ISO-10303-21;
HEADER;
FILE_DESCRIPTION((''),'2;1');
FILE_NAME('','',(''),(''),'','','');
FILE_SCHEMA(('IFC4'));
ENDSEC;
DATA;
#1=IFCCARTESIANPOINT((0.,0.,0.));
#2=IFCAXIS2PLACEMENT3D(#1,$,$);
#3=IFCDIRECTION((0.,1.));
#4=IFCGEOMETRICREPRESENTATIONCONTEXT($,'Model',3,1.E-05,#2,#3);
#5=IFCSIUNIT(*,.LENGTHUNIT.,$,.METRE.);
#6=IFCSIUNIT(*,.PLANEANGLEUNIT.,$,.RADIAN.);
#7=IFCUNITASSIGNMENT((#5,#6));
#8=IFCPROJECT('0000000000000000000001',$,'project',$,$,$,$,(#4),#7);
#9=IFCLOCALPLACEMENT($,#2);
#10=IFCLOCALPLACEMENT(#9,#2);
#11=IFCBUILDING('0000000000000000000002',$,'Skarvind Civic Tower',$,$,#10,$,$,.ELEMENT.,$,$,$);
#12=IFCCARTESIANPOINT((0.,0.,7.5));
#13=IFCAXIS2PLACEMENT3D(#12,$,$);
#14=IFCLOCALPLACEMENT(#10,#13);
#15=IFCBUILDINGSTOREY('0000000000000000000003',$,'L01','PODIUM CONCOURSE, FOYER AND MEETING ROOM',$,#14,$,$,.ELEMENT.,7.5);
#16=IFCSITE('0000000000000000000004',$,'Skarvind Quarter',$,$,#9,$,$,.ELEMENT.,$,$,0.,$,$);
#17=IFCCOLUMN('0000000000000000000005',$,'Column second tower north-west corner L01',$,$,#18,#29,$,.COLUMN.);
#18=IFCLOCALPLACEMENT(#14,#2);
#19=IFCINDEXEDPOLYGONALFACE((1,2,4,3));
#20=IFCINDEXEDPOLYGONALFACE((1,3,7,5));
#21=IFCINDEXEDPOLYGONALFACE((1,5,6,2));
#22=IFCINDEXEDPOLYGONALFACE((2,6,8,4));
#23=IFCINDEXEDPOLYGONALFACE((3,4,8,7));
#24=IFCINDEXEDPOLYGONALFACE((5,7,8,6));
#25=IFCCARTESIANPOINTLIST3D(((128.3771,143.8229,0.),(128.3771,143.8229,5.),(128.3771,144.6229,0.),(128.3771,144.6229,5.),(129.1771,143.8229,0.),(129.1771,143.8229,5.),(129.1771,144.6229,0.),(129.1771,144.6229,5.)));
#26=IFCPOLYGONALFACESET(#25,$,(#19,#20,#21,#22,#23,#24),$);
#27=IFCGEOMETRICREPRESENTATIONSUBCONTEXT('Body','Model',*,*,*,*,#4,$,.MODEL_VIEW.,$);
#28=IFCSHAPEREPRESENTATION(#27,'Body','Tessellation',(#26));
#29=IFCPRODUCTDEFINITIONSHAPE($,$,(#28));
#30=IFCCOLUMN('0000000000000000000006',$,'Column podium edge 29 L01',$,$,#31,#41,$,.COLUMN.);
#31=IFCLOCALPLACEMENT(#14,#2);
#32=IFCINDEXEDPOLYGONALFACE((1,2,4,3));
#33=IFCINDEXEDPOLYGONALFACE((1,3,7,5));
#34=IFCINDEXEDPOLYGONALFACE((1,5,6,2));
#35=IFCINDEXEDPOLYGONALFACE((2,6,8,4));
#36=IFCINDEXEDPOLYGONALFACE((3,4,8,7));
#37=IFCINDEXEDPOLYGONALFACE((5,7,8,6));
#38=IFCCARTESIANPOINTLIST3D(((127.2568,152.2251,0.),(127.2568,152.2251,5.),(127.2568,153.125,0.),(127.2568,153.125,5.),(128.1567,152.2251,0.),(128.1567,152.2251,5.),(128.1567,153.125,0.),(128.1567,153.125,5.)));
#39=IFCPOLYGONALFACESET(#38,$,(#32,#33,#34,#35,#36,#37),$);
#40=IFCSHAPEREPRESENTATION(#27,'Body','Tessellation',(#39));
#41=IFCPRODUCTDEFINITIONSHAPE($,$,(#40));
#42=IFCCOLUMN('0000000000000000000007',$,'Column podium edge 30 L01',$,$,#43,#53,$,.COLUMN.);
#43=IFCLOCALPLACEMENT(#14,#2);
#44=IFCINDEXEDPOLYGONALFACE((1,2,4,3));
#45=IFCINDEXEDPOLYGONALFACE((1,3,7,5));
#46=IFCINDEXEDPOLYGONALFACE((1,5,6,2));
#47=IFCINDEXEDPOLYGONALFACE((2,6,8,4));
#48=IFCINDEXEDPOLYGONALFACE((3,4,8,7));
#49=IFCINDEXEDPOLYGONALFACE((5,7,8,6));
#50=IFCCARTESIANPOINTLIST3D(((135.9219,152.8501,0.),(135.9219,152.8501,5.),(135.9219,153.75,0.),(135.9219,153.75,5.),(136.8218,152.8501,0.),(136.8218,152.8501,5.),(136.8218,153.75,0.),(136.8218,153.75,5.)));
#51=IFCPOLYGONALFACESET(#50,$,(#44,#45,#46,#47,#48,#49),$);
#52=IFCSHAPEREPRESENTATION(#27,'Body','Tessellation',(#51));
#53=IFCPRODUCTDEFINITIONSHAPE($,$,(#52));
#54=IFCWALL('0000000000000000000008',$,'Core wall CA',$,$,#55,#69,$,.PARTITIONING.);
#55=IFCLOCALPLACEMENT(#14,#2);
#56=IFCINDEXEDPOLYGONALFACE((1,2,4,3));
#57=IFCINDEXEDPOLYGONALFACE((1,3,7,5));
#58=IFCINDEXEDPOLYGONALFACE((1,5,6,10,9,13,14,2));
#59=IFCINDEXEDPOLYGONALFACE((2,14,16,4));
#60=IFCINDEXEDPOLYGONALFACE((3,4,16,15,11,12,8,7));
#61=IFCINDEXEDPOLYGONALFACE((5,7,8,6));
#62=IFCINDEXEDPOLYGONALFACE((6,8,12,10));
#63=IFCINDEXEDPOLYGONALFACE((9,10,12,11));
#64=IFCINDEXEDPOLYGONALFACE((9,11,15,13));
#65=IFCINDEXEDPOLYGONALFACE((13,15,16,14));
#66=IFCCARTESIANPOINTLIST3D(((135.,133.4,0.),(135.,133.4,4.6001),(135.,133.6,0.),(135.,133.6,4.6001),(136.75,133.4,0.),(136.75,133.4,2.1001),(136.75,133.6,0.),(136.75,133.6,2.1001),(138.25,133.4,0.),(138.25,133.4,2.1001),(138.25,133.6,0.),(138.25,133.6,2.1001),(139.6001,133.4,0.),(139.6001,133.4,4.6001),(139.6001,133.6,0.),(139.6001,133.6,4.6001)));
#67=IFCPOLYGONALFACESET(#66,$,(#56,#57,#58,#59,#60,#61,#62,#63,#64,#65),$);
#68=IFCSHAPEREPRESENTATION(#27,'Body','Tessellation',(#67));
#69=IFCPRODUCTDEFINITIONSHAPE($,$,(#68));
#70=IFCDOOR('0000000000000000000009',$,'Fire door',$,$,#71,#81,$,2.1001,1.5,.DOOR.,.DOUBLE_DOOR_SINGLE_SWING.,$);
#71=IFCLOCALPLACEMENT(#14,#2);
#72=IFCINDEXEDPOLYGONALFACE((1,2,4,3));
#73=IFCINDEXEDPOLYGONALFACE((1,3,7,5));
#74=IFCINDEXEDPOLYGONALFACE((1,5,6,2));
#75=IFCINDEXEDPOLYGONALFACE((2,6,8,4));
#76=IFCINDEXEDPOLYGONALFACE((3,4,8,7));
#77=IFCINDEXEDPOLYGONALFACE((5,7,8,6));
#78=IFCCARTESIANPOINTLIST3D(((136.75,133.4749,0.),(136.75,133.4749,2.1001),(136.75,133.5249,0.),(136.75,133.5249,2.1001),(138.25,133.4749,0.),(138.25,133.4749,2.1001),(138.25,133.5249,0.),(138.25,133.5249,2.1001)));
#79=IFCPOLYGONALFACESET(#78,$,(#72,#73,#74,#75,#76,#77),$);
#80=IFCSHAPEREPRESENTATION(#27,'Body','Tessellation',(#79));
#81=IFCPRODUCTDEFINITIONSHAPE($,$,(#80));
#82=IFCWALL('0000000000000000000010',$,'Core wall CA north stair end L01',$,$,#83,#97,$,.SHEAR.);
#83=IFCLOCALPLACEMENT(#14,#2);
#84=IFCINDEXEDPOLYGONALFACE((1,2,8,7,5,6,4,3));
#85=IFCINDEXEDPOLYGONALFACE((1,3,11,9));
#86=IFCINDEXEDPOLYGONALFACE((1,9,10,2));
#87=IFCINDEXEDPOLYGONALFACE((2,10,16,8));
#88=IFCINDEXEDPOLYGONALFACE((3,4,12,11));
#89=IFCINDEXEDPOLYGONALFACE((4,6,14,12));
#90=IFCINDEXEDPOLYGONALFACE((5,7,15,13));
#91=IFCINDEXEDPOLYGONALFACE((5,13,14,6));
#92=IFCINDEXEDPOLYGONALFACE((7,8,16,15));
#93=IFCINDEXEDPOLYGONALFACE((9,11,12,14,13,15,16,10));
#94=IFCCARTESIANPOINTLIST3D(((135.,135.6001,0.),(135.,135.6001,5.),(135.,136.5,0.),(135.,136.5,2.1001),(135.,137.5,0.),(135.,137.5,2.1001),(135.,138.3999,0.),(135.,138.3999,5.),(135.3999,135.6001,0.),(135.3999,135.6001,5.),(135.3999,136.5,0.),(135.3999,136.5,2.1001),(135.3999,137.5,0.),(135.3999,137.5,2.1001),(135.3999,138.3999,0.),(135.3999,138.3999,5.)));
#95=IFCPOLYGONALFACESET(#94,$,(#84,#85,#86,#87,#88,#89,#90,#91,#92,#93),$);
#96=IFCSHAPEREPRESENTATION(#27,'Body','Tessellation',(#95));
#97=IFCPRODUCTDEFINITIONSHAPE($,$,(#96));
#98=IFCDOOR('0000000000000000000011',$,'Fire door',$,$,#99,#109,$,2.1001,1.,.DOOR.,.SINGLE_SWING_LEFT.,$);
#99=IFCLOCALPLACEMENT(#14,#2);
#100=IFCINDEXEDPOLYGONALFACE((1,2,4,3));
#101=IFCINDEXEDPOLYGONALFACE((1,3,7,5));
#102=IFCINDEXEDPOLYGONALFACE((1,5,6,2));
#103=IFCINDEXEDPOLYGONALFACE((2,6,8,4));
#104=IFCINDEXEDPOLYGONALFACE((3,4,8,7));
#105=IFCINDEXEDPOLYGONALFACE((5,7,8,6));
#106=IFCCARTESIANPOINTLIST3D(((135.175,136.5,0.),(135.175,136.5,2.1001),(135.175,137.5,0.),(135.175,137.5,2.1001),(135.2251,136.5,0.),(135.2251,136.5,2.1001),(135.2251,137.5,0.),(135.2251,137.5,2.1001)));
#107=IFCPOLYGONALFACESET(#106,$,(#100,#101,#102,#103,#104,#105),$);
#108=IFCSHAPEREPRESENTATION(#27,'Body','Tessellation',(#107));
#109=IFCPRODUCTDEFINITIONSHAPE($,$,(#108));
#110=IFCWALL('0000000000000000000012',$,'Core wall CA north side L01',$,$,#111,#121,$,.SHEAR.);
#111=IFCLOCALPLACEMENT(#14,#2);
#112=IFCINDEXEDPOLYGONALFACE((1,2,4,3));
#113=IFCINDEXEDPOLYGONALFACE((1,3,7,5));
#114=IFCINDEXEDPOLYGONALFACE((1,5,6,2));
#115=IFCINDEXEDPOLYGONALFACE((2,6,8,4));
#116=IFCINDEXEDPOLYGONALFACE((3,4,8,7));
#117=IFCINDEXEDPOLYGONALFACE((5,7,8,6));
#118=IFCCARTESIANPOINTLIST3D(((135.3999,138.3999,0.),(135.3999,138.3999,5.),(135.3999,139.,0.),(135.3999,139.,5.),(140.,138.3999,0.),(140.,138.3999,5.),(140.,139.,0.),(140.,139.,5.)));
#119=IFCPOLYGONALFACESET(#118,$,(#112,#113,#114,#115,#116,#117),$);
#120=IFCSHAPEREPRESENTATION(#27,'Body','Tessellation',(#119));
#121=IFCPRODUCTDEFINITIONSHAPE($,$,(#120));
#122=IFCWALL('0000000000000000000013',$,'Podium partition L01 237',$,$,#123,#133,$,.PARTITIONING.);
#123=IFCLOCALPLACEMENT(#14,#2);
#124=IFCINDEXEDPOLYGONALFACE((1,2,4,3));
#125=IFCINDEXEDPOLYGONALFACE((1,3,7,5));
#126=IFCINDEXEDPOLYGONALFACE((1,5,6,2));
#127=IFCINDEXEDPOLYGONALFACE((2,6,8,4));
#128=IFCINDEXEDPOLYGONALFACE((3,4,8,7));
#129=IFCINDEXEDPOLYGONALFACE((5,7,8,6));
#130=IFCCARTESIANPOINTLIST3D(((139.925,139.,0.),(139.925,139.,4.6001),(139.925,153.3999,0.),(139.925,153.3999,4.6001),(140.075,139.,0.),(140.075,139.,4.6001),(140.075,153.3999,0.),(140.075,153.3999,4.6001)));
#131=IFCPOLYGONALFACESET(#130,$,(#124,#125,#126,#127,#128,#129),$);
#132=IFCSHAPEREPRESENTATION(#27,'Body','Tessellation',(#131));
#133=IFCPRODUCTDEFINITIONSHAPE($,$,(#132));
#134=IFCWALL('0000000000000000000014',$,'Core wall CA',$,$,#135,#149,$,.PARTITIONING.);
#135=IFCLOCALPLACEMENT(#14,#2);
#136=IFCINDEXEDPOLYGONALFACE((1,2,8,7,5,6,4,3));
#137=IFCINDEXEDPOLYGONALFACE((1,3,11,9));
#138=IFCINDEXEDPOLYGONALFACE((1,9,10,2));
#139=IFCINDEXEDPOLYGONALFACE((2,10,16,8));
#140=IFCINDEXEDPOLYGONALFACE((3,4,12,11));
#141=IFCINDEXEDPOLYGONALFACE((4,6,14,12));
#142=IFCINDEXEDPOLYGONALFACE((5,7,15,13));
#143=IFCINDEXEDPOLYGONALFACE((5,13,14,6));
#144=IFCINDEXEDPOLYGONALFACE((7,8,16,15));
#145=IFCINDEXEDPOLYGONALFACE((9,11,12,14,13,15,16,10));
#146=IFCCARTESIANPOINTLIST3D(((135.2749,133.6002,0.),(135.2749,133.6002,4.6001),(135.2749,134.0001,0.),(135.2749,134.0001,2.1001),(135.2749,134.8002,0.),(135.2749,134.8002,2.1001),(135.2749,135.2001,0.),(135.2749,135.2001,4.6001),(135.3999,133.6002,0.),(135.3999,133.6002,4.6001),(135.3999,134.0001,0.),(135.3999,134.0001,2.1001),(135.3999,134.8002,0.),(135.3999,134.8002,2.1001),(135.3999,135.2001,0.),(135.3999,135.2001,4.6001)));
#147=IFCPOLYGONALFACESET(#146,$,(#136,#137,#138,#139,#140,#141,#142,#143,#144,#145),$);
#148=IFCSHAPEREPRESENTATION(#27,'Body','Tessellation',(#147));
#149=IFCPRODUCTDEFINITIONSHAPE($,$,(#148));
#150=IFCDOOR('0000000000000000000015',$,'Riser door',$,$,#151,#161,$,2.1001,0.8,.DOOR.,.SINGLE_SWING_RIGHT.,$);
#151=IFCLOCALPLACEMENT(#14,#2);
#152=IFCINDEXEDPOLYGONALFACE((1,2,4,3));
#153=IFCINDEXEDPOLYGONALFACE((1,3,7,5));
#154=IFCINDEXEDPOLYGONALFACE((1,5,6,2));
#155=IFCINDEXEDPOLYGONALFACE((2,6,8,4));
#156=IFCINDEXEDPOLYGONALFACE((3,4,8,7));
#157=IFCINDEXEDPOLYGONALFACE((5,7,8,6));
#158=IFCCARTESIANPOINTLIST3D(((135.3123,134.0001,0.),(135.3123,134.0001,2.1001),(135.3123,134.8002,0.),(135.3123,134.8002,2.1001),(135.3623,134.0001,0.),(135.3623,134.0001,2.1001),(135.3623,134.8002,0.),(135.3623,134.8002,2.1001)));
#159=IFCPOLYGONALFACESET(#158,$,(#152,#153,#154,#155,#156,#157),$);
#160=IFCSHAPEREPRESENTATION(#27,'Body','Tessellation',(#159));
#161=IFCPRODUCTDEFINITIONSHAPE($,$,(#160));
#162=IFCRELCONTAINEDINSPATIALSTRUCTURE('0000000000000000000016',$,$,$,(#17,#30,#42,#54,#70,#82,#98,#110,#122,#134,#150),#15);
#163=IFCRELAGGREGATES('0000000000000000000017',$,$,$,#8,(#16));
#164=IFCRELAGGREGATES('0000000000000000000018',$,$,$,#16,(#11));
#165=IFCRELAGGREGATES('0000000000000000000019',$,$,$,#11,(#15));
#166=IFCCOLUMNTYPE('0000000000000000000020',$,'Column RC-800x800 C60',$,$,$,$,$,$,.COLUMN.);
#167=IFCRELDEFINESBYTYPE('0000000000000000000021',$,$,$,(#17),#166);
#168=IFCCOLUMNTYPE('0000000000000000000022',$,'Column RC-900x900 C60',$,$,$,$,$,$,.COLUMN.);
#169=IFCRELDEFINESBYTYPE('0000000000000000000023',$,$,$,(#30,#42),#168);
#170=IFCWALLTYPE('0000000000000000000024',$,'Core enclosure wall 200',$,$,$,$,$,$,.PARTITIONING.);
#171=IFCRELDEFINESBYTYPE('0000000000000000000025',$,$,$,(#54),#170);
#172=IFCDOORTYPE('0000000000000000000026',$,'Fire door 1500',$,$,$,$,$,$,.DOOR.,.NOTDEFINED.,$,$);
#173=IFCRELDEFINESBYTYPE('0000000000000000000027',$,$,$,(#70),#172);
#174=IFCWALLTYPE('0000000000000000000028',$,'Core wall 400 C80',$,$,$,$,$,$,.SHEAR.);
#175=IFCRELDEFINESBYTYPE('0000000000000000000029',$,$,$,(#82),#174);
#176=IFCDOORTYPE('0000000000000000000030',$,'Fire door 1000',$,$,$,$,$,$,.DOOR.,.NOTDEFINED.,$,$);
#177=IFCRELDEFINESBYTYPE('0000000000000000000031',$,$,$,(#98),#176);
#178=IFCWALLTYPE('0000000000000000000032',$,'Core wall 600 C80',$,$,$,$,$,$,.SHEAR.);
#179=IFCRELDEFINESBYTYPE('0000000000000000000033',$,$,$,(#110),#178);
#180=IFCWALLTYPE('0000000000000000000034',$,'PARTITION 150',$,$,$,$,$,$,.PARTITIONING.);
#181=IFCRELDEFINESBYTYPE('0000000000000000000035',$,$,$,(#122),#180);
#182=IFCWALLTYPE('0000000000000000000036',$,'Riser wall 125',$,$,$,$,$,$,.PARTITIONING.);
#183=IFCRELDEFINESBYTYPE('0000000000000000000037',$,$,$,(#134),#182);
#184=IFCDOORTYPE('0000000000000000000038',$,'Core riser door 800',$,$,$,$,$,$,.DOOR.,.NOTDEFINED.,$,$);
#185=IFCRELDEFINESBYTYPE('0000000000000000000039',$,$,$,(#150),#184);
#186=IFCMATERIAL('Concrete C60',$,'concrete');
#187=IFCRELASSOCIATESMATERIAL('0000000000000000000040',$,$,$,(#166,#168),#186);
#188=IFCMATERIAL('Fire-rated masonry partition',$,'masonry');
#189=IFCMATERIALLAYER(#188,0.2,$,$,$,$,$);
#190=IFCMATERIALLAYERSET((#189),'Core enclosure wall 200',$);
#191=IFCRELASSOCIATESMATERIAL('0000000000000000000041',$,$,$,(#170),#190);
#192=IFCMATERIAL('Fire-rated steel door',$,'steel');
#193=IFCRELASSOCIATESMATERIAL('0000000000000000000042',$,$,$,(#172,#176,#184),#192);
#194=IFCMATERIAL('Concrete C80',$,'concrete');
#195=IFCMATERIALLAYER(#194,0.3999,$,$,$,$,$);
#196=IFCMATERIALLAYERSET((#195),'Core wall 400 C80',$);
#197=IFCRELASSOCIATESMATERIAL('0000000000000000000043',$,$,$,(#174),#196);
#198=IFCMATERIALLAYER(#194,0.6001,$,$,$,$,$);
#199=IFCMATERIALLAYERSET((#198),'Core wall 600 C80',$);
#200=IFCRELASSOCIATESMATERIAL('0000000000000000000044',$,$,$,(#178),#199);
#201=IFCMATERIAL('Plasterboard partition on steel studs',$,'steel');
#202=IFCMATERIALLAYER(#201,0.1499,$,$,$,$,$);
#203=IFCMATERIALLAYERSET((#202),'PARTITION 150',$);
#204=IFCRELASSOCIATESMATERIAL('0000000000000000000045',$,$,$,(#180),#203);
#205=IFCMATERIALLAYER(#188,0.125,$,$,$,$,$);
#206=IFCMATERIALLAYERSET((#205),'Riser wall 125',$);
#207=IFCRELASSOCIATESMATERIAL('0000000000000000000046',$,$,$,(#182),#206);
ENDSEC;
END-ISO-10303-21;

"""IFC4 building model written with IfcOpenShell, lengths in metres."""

from ifc_helpers import new_model, si_unit, direction, frame, frame_2d, origin, origin_2d, place, context, subcontext, project, spatial, rectangle, extrude, material, layer, layer_set, material_profile, profile_set, type_object, element, fill, save


model = new_model("IFC4")

# Units and contexts
model_context = context("Model", 3, precision=1e-05, world=origin(), true_north=direction((0.0, 1.0)))
body_context = subcontext(model_context, "Body", "Model", "MODEL_VIEW")
ifc_project = project(units=[si_unit("LENGTHUNIT", "METRE"), si_unit("PLANEANGLEUNIT", "RADIAN")], contexts=[model_context])

# Site, building, storey
site_placement = place(None, origin())
site = spatial("IfcSite", under=ifc_project, at=site_placement, Name="Skarvind Quarter", CompositionType="ELEMENT", RefElevation=0.0)
building_placement = place(site_placement, origin())
building = spatial("IfcBuilding", under=site, at=building_placement, Name="Skarvind Civic Tower", CompositionType="ELEMENT")
storey_placement = place(building_placement, frame((0.0, 0.0, 7.5)))
storey = spatial("IfcBuildingStorey", under=building, at=storey_placement, Name="L01", Description="PODIUM CONCOURSE, FOYER AND MEETING ROOM", CompositionType="ELEMENT", Elevation=7.5)

# Columns
ifc_material_1 = material(Name="Concrete C60", Category="concrete")
ifc_material_profile_1 = material_profile(ifc_material_1, rectangle(XDim=0.8, YDim=0.8, at=origin_2d()), Name="RC-800x800")
ifc_profile_set_1 = profile_set([ifc_material_profile_1], Name="Concrete C60")
column_type_1 = type_object("IfcColumnType", Name="Column RC-800x800 C60", PredefinedType="COLUMN", material=ifc_profile_set_1)
column_placement = place(storey_placement, frame((128.7771, 144.2229, 0.0), z_axis=(0.0, 0.0, 1.0), x_axis=(1.0, 0.0, 0.0)))
element("IfcColumn", 1, at=column_placement, inside=storey, type_object=column_type_1, Name="Column second tower north-west corner L01", PredefinedType="COLUMN", context=body_context, shape_type="SweptSolid", body=[
    extrude(rectangle(XDim=0.8, YDim=0.8, at=origin_2d()), origin(), (0.0, 0.0, 1.0), 5.0),
])
ifc_material_profile_2 = material_profile(ifc_material_1, rectangle(XDim=0.8999, YDim=0.8999, at=origin_2d()), Name="RC-900x900")
ifc_profile_set_2 = profile_set([ifc_material_profile_2], Name="Concrete C60")
column_type_2 = type_object("IfcColumnType", Name="Column RC-900x900 C60", PredefinedType="COLUMN", material=ifc_profile_set_2)
for number, where, z_axis, x_axis, name in (
    (2, (127.7068, 152.675, 0.0), (0.0, 0.0, 1.0), (1.0, 0.0, 0.0), "Column podium edge 29 L01"),
    (3, (136.3718, 153.3, 0.0), (0.0, 0.0, 1.0), (1.0, 0.0, 0.0), "Column podium edge 30 L01"),
):
    element("IfcColumn", number, at=place(storey_placement, frame(where, z_axis=z_axis, x_axis=x_axis)), inside=storey, type_object=column_type_2, Name=name, PredefinedType="COLUMN", context=body_context, shape_type="SweptSolid", body=[
        extrude(rectangle(XDim=0.8999, YDim=0.8999, at=origin_2d()), origin(), (0.0, 0.0, 1.0), 5.0),
    ])

# Walls, openings, doors
ifc_material_2 = material(Name="Fire-rated masonry partition", Category="masonry")
ifc_layer_1 = layer(ifc_material_2, 0.2)
ifc_layer_set_1 = layer_set([ifc_layer_1], Name="Core enclosure wall 200")
wall_type_1 = type_object("IfcWallType", Name="Core enclosure wall 200", PredefinedType="PARTITIONING", material=ifc_layer_set_1)
wall_1_placement = place(storey_placement, frame((135.0, 133.5, 0.0), z_axis=(0.0, 0.0, 1.0), x_axis=(1.0, 0.0, 0.0)))
wall_1 = element("IfcWall", 4, at=wall_1_placement, inside=storey, type_object=wall_type_1, Name="Core wall CA", PredefinedType="PARTITIONING", context=body_context, shape_type="SweptSolid", body=[
    extrude(rectangle(XDim=4.6001, YDim=0.2, at=frame_2d((2.3, 0.0))), origin(), (0.0, 0.0, 1.0), 4.6001),
])
opening_1_placement = place(wall_1_placement, frame((1.75, 0.0, 0.0)))
opening_1 = element("IfcOpeningElement", 5, at=opening_1_placement, cuts=wall_1, PredefinedType="OPENING", context=body_context, shape_type="SweptSolid", body=[
    extrude(rectangle(XDim=1.5, YDim=2.1001, at=frame_2d((0.75, 1.05))), frame((0.0, 0.1099, 0.0), z_axis=(0.0, -1.0, 0.0), x_axis=(1.0, 0.0, 0.0)), (0.0, 0.0, 1.0), 0.22),
])
ifc_material_3 = material(Name="Fire-rated steel door", Category="steel")
door_type_1 = type_object("IfcDoorType", Name="Fire door 1500", OperationType="NOTDEFINED", PredefinedType="DOOR", material=ifc_material_3)
door_1_placement = place(opening_1_placement, origin())
door_1 = element("IfcDoor", 6, at=door_1_placement, inside=storey, type_object=door_type_1, Name="Fire door", OperationType="DOUBLE_DOOR_SINGLE_SWING", OverallHeight=2.1001, OverallWidth=1.5, PredefinedType="DOOR", context=body_context, shape_type="SweptSolid", body=[
    extrude(rectangle(XDim=1.5, YDim=2.1001, at=frame_2d((0.75, 1.05))), frame((0.0, 0.0249, 0.0), z_axis=(0.0, -1.0, 0.0), x_axis=(1.0, 0.0, 0.0)), (0.0, 0.0, 1.0), 0.05),
])
fill(opening_1, door_1)
ifc_material_4 = material(Name="Concrete C80", Category="concrete")
ifc_layer_2 = layer(ifc_material_4, 0.3999)
ifc_layer_set_2 = layer_set([ifc_layer_2], Name="Core wall 400 C80")
wall_type_2 = type_object("IfcWallType", Name="Core wall 400 C80", PredefinedType="SHEAR", material=ifc_layer_set_2)
wall_2_placement = place(storey_placement, frame((135.2, 135.6001, 0.0), z_axis=(0.0, 0.0, 1.0), x_axis=(0.0, 1.0, 0.0)))
wall_2 = element("IfcWall", 7, at=wall_2_placement, inside=storey, type_object=wall_type_2, Name="Core wall CA north stair end L01", PredefinedType="SHEAR", context=body_context, shape_type="SweptSolid", body=[
    extrude(rectangle(XDim=2.7998, YDim=0.3999, at=frame_2d((1.3999, 0.0))), origin(), (0.0, 0.0, 1.0), 5.0),
])
opening_2_placement = place(wall_2_placement, frame((0.8999, 0.0, 0.0)))
opening_2 = element("IfcOpeningElement", 8, at=opening_2_placement, cuts=wall_2, PredefinedType="OPENING", context=body_context, shape_type="SweptSolid", body=[
    extrude(rectangle(XDim=1.0, YDim=2.1001, at=frame_2d((0.5, 1.05))), frame((0.0, 0.21, 0.0), z_axis=(0.0, -1.0, 0.0), x_axis=(1.0, 0.0, 0.0)), (0.0, 0.0, 1.0), 0.4199),
])
door_type_2 = type_object("IfcDoorType", Name="Fire door 1000", OperationType="NOTDEFINED", PredefinedType="DOOR", material=ifc_material_3)
door_2_placement = place(opening_2_placement, origin())
door_2 = element("IfcDoor", 9, at=door_2_placement, inside=storey, type_object=door_type_2, Name="Fire door", OperationType="SINGLE_SWING_LEFT", OverallHeight=2.1001, OverallWidth=1.0, PredefinedType="DOOR", context=body_context, shape_type="SweptSolid", body=[
    extrude(rectangle(XDim=1.0, YDim=2.1001, at=frame_2d((0.5, 1.05))), frame((0.0, 0.0249, 0.0), z_axis=(0.0, -1.0, 0.0), x_axis=(1.0, 0.0, 0.0)), (0.0, 0.0, 1.0), 0.05),
])
fill(opening_2, door_2)

# Walls
ifc_layer_3 = layer(ifc_material_4, 0.6001)
ifc_layer_set_3 = layer_set([ifc_layer_3], Name="Core wall 600 C80")
wall_type_3 = type_object("IfcWallType", Name="Core wall 600 C80", PredefinedType="SHEAR", material=ifc_layer_set_3)
wall_3_placement = place(storey_placement, frame((135.3999, 138.7, 0.0), z_axis=(0.0, 0.0, 1.0), x_axis=(1.0, 0.0, 0.0)))
element("IfcWall", 10, at=wall_3_placement, inside=storey, type_object=wall_type_3, Name="Core wall CA north side L01", PredefinedType="SHEAR", context=body_context, shape_type="SweptSolid", body=[
    extrude(rectangle(XDim=4.6001, YDim=0.6001, at=frame_2d((2.3, 0.0))), origin(), (0.0, 0.0, 1.0), 5.0),
])
ifc_material_5 = material(Name="Plasterboard partition on steel studs", Category="steel")
ifc_layer_4 = layer(ifc_material_5, 0.1499)
ifc_layer_set_4 = layer_set([ifc_layer_4], Name="PARTITION 150")
wall_type_4 = type_object("IfcWallType", Name="PARTITION 150", PredefinedType="PARTITIONING", material=ifc_layer_set_4)
wall_4_placement = place(storey_placement, frame((140.0, 139.0, 0.0), z_axis=(0.0, 0.0, 1.0), x_axis=(0.0, 1.0, 0.0)))
element("IfcWall", 11, at=wall_4_placement, inside=storey, type_object=wall_type_4, Name="Podium partition L01 237", PredefinedType="PARTITIONING", context=body_context, shape_type="SweptSolid", body=[
    extrude(rectangle(XDim=14.3999, YDim=0.1499, at=frame_2d((7.2, 0.0))), origin(), (0.0, 0.0, 1.0), 4.6001),
])

# Wall, opening, door
ifc_layer_5 = layer(ifc_material_2, 0.125)
ifc_layer_set_5 = layer_set([ifc_layer_5], Name="Riser wall 125")
wall_type_5 = type_object("IfcWallType", Name="Riser wall 125", PredefinedType="PARTITIONING", material=ifc_layer_set_5)
wall_5_placement = place(storey_placement, frame((135.3374, 135.2, 0.0), z_axis=(0.0, 0.0, 1.0), x_axis=(0.0, -1.0, 0.0)))
wall_5 = element("IfcWall", 12, at=wall_5_placement, inside=storey, type_object=wall_type_5, Name="Core wall CA", PredefinedType="PARTITIONING", context=body_context, shape_type="SweptSolid", body=[
    extrude(rectangle(XDim=1.5999, YDim=0.125, at=frame_2d((0.7998, 0.0))), origin(), (0.0, 0.0, 1.0), 4.6001),
])
opening_3_placement = place(wall_5_placement, frame((0.3999, 0.0, 0.0)))
opening_3 = element("IfcOpeningElement", 13, at=opening_3_placement, cuts=wall_5, PredefinedType="OPENING", context=body_context, shape_type="SweptSolid", body=[
    extrude(rectangle(XDim=0.8, YDim=2.1001, at=frame_2d((0.3999, 1.05))), frame((0.0, 0.0725, 0.0), z_axis=(0.0, -1.0, 0.0), x_axis=(1.0, 0.0, 0.0)), (0.0, 0.0, 1.0), 0.145),
])
door_type_3 = type_object("IfcDoorType", Name="Core riser door 800", OperationType="NOTDEFINED", PredefinedType="DOOR", material=ifc_material_3)
door_3_placement = place(opening_3_placement, origin())
door_3 = element("IfcDoor", 14, at=door_3_placement, inside=storey, type_object=door_type_3, Name="Riser door", OperationType="SINGLE_SWING_RIGHT", OverallHeight=2.1001, OverallWidth=0.8, PredefinedType="DOOR", context=body_context, shape_type="SweptSolid", body=[
    extrude(rectangle(XDim=0.8, YDim=2.1001, at=frame_2d((0.3999, 1.05))), frame((0.0, 0.0249, 0.0), z_axis=(0.0, -1.0, 0.0), x_axis=(1.0, 0.0, 0.0)), (0.0, 0.0, 1.0), 0.05),
])
fill(opening_3, door_3)

save(model, "model.ifc")
